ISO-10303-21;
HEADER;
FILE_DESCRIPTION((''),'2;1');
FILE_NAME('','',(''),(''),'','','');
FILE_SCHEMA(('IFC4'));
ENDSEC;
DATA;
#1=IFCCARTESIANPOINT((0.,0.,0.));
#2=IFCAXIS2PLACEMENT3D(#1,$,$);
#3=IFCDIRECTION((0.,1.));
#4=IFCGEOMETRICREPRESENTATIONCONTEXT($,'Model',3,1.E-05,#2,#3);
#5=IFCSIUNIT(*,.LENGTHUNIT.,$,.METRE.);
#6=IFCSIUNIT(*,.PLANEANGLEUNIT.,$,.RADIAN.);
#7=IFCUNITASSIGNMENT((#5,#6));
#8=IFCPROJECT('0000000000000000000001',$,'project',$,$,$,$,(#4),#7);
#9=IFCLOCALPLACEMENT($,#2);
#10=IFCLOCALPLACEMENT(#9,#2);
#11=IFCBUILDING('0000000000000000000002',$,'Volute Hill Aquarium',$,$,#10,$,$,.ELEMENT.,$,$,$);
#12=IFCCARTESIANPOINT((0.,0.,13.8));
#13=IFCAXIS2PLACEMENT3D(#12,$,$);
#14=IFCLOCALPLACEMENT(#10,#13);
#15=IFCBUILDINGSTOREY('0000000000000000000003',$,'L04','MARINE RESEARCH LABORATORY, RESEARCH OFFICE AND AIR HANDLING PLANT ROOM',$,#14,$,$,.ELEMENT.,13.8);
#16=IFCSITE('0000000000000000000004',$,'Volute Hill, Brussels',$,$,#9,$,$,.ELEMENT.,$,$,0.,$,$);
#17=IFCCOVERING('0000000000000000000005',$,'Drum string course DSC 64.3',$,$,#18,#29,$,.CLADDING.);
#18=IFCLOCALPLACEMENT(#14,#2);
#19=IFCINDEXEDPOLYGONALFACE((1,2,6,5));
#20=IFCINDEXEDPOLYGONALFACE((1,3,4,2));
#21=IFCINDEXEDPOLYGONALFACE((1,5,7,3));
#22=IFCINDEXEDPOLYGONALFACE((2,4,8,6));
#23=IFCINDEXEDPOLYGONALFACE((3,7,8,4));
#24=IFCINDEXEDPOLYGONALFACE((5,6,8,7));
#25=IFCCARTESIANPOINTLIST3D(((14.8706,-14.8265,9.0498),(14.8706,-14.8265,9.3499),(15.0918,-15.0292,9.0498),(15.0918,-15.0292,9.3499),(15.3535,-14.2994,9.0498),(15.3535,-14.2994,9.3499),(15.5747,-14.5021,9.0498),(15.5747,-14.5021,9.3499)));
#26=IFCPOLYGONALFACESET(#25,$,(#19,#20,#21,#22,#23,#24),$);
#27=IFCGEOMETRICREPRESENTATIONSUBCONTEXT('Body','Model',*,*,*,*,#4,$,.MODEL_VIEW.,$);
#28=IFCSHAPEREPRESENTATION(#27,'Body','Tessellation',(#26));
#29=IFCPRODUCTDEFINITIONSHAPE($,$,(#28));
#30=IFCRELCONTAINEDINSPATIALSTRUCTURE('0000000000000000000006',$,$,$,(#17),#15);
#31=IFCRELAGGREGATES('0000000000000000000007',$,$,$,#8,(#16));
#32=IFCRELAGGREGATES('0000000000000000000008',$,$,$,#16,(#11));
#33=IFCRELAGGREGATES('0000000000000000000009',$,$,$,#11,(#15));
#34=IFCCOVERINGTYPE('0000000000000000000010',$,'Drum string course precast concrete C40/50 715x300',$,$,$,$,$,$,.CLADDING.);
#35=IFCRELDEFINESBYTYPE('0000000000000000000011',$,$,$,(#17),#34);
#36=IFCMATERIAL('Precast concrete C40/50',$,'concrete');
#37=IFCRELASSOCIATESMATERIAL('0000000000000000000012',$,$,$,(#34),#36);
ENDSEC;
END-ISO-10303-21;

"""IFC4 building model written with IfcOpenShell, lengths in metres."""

from ifc_helpers import new_model, si_unit, direction, frame, origin, origin_2d, place, context, subcontext, project, spatial, rectangle, extrude, material, type_object, element, save


model = new_model("IFC4")

# Units and contexts
model_context = context("Model", 3, precision=1e-05, world=origin(), true_north=direction((0.0, 1.0)))
body_context = subcontext(model_context, "Body", "Model", "MODEL_VIEW")
ifc_project = project(units=[si_unit("LENGTHUNIT", "METRE"), si_unit("PLANEANGLEUNIT", "RADIAN")], contexts=[model_context])

# Site, building, storey
site_placement = place(None, origin())
site = spatial("IfcSite", under=ifc_project, at=site_placement, Name="Volute Hill, Brussels", CompositionType="ELEMENT", RefElevation=0.0)
building_placement = place(site_placement, origin())
building = spatial("IfcBuilding", under=site, at=building_placement, Name="Volute Hill Aquarium", CompositionType="ELEMENT")
storey_placement = place(building_placement, frame((0.0, 0.0, 13.8)))
storey = spatial("IfcBuildingStorey", under=building, at=storey_placement, Name="L04", Description="MARINE RESEARCH LABORATORY, RESEARCH OFFICE AND AIR HANDLING PLANT ROOM", CompositionType="ELEMENT", Elevation=13.8)

# Covering
ifc_material_1 = material(Name="Precast concrete C40/50", Category="concrete")
covering_type = type_object("IfcCoveringType", Name="Drum string course precast concrete C40/50 715x300", PredefinedType="CLADDING", material=ifc_material_1)
for number, where, z_axis, x_axis, name in (
    (1, (15.2227, -14.6643, 9.0498), (0.0, 0.0, 1.0), (0.67559, 0.737277, 0.0), "Drum string course DSC 64.3"),
):
    element("IfcCovering", number, at=place(storey_placement, frame(where, z_axis=z_axis, x_axis=x_axis)), inside=storey, type_object=covering_type, Name=name, PredefinedType="CLADDING", context=body_context, shape_type="SweptSolid", body=[
        extrude(rectangle(XDim=0.7148, YDim=0.3, at=origin_2d()), origin(), (0.0, 0.0, 1.0), 0.3),
    ])

save(model, "model.ifc")
